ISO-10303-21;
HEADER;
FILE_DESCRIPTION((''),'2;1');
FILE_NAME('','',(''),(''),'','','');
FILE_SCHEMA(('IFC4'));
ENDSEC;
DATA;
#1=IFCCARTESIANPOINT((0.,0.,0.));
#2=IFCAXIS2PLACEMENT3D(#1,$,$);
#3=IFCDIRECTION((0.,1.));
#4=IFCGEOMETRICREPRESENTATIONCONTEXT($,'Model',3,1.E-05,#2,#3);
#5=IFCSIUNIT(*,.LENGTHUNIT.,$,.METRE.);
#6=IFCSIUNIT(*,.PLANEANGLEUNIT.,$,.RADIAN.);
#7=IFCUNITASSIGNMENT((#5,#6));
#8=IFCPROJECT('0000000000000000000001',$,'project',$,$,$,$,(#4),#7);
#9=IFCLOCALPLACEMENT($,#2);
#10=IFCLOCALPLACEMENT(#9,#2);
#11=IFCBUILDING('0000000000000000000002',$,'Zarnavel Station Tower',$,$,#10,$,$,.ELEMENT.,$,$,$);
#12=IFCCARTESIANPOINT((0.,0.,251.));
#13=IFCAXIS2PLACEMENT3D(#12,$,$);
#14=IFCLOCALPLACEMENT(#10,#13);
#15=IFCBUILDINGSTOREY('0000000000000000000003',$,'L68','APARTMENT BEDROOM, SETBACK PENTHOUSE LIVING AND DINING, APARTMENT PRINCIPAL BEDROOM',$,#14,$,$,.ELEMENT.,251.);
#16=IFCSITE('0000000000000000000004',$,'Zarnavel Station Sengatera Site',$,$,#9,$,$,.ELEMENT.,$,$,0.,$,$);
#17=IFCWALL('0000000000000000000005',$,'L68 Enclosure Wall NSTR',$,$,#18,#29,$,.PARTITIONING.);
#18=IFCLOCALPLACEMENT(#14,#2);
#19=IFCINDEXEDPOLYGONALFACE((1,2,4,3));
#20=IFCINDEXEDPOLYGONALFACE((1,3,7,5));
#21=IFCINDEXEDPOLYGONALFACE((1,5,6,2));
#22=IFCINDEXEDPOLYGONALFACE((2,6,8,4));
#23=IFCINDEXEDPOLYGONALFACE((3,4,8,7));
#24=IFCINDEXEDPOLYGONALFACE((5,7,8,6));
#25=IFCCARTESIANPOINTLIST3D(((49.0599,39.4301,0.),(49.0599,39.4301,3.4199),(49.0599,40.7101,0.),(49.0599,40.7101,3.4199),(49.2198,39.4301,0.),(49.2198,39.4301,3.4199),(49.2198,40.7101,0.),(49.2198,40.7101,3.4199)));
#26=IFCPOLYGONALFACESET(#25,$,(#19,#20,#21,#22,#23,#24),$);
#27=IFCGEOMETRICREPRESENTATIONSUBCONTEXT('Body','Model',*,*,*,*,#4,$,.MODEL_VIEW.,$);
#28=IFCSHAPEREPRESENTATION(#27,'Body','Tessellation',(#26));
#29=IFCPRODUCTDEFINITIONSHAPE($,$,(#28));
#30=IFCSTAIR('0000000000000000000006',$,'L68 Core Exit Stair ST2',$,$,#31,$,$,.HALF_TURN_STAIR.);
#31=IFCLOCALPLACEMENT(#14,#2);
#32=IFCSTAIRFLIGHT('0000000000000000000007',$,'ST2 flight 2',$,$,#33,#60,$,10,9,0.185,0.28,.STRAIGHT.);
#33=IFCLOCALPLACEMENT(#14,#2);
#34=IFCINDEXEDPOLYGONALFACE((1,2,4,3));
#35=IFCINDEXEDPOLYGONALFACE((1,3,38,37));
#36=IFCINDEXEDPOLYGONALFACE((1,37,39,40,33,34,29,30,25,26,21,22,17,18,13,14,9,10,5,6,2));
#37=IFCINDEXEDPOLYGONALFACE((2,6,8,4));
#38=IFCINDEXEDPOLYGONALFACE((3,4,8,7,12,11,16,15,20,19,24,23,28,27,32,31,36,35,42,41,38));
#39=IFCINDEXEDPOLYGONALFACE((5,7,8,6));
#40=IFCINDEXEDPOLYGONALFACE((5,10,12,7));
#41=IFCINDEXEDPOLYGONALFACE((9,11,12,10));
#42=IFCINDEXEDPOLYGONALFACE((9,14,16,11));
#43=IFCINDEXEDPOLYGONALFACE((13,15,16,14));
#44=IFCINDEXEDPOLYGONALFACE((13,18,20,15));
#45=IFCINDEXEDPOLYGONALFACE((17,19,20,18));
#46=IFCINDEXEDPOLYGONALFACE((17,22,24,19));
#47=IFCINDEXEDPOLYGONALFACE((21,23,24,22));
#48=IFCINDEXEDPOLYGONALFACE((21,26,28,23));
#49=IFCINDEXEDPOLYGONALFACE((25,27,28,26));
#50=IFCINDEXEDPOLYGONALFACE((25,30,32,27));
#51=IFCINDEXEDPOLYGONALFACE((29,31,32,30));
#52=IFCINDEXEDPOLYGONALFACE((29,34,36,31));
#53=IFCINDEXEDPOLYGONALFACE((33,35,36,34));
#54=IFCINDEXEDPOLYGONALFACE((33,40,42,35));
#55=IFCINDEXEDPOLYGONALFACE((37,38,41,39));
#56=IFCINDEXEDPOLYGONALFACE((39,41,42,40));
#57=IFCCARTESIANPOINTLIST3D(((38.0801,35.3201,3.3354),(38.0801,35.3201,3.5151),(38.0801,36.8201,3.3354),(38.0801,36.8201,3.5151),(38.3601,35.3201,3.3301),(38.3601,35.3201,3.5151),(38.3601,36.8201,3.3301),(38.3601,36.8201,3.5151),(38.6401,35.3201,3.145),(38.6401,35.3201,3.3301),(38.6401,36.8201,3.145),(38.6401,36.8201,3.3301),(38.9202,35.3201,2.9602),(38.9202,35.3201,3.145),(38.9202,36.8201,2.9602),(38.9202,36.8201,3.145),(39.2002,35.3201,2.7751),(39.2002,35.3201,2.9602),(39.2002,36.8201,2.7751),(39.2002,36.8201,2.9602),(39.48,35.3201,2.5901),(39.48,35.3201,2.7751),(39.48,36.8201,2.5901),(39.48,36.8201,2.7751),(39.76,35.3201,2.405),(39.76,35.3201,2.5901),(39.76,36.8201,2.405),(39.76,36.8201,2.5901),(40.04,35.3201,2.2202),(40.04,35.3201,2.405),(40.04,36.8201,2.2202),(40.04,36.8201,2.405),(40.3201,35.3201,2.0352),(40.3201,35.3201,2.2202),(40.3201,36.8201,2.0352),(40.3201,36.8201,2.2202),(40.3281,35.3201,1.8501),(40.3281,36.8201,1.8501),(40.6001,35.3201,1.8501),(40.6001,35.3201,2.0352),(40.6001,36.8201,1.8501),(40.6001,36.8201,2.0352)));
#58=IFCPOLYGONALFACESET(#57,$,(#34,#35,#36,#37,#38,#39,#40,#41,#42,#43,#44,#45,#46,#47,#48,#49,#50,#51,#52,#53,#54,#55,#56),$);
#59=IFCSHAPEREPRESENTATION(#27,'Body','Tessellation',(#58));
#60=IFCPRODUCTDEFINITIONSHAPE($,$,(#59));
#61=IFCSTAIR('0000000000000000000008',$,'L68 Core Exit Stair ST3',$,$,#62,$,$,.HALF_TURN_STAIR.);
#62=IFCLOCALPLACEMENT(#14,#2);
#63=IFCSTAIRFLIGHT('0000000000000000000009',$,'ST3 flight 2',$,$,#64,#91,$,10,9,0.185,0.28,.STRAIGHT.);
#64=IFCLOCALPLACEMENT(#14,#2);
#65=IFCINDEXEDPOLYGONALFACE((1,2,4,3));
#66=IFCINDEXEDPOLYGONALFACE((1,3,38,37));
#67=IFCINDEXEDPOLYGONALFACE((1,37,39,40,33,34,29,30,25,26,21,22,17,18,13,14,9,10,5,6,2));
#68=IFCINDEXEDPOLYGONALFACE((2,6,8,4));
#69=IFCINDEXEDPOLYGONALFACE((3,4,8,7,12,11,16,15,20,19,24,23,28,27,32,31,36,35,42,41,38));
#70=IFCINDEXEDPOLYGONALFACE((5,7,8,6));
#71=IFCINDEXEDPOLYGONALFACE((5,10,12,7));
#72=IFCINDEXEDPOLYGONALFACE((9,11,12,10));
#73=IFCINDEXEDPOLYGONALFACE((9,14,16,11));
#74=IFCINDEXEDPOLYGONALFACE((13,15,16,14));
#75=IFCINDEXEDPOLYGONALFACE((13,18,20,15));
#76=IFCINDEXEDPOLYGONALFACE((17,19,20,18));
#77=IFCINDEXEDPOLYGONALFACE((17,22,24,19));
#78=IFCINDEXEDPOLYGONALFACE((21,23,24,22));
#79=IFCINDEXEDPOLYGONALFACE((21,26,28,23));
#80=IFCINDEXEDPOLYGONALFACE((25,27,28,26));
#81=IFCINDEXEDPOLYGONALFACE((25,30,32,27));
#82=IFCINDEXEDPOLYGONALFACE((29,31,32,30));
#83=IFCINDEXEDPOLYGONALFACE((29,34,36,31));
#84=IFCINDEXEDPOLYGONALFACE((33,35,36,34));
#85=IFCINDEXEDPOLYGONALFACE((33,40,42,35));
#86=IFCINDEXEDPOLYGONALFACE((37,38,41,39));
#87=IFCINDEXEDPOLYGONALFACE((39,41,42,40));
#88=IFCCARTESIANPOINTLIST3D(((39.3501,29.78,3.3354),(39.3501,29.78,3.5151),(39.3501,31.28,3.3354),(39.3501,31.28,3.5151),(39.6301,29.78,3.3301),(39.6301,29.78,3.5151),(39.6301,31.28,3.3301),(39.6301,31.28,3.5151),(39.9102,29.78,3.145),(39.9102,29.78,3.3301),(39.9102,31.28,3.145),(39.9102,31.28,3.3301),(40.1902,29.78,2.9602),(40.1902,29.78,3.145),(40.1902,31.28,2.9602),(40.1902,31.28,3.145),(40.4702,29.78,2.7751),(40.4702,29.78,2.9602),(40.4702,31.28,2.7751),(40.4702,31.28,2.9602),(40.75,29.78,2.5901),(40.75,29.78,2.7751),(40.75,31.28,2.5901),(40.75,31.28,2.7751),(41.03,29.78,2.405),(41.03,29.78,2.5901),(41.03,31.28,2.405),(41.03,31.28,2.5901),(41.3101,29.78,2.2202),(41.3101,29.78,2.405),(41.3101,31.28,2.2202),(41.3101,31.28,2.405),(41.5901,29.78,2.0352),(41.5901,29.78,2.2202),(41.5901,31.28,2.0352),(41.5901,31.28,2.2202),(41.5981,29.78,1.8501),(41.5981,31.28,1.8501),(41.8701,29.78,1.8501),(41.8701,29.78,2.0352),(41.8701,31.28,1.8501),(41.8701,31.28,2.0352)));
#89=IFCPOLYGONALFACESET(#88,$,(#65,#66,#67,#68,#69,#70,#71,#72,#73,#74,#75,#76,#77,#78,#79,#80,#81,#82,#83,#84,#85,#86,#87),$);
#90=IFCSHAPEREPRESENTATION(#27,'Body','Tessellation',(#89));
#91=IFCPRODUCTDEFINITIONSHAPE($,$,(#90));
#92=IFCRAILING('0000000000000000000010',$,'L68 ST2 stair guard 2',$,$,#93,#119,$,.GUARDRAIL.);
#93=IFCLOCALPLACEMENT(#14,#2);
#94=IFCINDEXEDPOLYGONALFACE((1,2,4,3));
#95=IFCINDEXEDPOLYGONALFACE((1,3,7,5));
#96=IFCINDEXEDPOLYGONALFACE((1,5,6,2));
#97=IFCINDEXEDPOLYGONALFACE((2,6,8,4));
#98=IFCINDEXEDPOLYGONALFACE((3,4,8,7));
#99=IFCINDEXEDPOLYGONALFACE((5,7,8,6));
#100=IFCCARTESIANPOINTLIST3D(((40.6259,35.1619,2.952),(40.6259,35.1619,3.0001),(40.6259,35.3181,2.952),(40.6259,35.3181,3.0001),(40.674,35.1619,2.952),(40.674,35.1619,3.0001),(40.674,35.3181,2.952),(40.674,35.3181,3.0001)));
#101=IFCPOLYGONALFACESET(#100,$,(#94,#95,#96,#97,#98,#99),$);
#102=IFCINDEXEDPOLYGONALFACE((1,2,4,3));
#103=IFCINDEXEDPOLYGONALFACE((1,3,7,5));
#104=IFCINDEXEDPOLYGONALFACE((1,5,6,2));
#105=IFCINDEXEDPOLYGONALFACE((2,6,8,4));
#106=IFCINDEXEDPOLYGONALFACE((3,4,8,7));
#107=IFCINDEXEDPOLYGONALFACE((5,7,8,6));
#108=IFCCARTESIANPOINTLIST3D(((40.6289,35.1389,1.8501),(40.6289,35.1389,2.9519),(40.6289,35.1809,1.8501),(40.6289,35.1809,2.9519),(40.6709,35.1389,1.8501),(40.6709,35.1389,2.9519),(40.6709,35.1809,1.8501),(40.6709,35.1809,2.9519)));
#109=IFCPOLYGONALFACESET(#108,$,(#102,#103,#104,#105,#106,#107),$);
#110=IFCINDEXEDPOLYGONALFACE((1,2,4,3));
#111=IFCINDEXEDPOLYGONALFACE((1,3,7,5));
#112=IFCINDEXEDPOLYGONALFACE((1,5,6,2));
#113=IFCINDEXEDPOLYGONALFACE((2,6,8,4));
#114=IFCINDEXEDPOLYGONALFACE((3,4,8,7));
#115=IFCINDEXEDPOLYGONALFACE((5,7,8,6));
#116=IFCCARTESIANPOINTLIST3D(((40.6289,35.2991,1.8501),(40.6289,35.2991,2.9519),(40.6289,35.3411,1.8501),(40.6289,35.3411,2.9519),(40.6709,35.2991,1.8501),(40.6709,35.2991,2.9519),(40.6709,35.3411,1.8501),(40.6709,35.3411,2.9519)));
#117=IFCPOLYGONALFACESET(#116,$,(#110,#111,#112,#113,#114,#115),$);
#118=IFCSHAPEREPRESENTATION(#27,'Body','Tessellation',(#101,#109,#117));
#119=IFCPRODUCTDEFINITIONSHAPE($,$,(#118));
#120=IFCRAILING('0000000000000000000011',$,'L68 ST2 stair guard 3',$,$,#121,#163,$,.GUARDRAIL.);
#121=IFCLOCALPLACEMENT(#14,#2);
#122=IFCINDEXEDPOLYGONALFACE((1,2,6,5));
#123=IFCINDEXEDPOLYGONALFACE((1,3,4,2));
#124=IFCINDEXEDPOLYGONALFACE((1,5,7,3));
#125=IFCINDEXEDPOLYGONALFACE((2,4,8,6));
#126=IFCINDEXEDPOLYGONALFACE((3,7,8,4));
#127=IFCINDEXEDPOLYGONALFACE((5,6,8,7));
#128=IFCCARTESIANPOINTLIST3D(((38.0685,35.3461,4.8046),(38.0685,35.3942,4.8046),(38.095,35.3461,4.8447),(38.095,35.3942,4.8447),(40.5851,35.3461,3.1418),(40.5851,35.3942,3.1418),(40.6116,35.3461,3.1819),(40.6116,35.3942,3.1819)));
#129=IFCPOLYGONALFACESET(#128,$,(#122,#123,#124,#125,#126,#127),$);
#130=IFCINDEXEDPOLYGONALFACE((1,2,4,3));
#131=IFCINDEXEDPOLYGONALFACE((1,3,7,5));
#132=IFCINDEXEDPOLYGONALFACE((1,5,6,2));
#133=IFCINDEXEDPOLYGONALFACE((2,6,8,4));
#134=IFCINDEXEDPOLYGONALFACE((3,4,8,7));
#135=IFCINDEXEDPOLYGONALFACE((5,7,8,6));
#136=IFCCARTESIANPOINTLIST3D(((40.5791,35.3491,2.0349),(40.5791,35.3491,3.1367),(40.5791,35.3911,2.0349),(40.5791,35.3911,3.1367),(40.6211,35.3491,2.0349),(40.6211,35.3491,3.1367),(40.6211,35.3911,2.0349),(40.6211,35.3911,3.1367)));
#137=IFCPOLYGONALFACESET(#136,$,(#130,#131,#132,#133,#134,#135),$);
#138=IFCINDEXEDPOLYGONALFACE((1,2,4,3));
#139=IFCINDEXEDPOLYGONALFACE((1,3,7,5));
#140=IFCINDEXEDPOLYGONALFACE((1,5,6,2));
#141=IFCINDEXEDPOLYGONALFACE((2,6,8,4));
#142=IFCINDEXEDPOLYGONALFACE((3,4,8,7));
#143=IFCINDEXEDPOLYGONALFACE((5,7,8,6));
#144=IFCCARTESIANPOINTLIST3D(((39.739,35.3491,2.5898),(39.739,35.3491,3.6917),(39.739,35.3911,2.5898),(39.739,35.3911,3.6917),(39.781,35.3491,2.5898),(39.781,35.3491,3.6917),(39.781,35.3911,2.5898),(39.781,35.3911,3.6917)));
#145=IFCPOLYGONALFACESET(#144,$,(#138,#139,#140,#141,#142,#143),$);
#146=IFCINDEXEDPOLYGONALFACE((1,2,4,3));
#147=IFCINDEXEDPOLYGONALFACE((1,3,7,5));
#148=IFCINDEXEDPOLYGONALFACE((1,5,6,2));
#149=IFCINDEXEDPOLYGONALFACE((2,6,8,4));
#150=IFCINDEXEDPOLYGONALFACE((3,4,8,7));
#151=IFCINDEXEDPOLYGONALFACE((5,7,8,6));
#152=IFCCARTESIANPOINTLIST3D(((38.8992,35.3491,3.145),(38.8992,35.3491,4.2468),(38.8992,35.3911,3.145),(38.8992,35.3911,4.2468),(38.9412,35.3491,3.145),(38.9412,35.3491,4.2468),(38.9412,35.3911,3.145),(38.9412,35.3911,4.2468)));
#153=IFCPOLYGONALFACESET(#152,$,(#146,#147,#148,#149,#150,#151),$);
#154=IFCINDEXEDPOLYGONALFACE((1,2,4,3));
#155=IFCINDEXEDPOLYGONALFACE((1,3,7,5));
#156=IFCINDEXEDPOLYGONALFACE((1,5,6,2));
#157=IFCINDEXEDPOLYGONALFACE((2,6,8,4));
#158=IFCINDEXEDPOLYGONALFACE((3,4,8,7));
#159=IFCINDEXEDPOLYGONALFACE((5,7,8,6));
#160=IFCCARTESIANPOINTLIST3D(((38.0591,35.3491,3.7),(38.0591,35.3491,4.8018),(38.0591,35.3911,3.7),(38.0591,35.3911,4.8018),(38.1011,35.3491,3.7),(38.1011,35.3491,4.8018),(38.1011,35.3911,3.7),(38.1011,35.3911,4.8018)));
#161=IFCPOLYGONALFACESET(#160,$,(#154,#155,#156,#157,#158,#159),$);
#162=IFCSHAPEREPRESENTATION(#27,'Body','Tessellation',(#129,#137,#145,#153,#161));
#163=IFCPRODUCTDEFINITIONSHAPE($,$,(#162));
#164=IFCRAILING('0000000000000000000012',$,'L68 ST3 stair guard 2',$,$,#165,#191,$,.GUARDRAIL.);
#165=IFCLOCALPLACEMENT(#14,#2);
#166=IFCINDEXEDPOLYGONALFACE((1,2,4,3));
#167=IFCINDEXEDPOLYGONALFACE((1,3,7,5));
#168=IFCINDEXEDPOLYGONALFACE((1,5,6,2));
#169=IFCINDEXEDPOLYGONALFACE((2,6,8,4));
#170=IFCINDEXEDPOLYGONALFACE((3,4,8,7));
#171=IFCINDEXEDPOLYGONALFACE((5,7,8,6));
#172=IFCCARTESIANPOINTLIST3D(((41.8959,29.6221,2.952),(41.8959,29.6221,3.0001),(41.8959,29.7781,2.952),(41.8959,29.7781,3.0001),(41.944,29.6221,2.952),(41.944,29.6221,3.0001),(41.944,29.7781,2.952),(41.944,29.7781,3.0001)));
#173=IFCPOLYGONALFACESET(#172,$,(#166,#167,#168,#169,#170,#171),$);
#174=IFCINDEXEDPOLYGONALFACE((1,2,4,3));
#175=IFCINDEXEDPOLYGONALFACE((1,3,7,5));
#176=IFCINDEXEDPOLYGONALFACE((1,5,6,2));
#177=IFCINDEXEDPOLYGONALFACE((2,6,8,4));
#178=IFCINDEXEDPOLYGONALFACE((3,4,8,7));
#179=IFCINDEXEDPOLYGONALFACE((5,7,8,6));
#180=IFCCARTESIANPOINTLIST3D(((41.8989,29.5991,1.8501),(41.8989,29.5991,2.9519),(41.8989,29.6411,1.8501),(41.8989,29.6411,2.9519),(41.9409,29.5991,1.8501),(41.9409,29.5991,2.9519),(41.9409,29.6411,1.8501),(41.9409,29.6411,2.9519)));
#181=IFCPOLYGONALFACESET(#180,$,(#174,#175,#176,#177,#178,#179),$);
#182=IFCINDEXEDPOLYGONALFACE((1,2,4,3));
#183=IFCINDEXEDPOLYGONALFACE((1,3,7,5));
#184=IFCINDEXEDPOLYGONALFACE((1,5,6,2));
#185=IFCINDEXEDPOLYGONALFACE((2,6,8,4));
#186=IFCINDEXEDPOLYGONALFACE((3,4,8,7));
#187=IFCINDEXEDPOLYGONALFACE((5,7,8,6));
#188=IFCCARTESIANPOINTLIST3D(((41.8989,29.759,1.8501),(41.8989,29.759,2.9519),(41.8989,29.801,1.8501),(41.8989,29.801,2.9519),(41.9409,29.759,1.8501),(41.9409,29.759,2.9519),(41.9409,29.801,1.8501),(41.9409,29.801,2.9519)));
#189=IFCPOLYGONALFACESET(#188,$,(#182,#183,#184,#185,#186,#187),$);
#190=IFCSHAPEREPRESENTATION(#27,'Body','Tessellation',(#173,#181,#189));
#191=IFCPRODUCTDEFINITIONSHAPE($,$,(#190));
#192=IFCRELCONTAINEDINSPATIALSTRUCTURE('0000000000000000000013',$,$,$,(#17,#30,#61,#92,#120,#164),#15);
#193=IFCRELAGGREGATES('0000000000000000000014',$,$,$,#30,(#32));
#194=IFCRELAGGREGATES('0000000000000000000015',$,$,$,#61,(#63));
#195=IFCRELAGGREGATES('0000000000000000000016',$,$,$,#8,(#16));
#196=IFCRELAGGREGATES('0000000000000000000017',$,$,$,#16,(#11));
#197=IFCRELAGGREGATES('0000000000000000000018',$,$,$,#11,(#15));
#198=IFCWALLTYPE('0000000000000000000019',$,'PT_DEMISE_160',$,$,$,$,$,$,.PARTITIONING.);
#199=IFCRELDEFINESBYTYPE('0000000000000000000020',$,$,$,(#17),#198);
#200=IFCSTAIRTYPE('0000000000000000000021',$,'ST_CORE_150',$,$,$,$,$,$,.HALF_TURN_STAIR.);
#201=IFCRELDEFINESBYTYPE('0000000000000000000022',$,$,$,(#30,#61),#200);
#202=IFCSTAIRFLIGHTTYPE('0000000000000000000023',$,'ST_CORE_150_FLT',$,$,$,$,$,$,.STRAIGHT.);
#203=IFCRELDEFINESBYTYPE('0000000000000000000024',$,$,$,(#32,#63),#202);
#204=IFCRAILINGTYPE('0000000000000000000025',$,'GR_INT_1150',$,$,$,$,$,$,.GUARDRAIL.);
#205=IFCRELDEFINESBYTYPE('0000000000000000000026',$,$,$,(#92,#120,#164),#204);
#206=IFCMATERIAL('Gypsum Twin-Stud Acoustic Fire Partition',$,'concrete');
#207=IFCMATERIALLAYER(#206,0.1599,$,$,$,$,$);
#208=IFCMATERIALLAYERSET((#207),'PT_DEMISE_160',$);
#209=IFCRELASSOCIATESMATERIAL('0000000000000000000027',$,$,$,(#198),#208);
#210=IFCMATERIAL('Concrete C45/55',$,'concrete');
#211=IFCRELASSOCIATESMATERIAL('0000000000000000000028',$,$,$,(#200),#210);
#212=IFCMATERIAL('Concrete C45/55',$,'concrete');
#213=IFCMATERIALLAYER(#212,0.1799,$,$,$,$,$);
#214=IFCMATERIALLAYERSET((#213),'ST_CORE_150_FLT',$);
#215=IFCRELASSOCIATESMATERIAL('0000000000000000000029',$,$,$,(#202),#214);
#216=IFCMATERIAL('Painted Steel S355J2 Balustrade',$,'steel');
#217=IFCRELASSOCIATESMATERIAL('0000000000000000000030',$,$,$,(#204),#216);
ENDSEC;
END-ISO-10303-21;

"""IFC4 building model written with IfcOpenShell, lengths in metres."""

from ifc_helpers import new_model, si_unit, direction, frame, frame_2d, origin, origin_2d, place, context, subcontext, project, spatial, polyline, rectangle, outline, extrude, material, layer, layer_set, type_object, element, aggregate, save


model = new_model("IFC4")

# Units and contexts
model_context = context("Model", 3, precision=1e-05, world=origin(), true_north=direction((0.0, 1.0)))
body_context = subcontext(model_context, "Body", "Model", "MODEL_VIEW")
ifc_project = project(units=[si_unit("LENGTHUNIT", "METRE"), si_unit("PLANEANGLEUNIT", "RADIAN")], contexts=[model_context])

# Site, building, storey
site_placement = place(None, origin())
site = spatial("IfcSite", under=ifc_project, at=site_placement, Name="Zarnavel Station Sengatera Site", CompositionType="ELEMENT", RefElevation=0.0)
building_placement = place(site_placement, origin())
building = spatial("IfcBuilding", under=site, at=building_placement, Name="Zarnavel Station Tower", CompositionType="ELEMENT")
storey_placement = place(building_placement, frame((0.0, 0.0, 251.0)))
storey = spatial("IfcBuildingStorey", under=building, at=storey_placement, Name="L68", Description="APARTMENT BEDROOM, SETBACK PENTHOUSE LIVING AND DINING, APARTMENT PRINCIPAL BEDROOM", CompositionType="ELEMENT", Elevation=251.0)

# Wall
ifc_material_1 = material(Name="Gypsum Twin-Stud Acoustic Fire Partition", Category="concrete")
ifc_layer_1 = layer(ifc_material_1, 0.1599)
ifc_layer_set_1 = layer_set([ifc_layer_1], Name="PT_DEMISE_160")
wall_type_1 = type_object("IfcWallType", Name="PT_DEMISE_160", PredefinedType="PARTITIONING", material=ifc_layer_set_1)
wall_1_placement = place(storey_placement, frame((49.1399, 39.4299, 0.0), z_axis=(0.0, 0.0, 1.0), x_axis=(0.0, 1.0, 0.0)))
element("IfcWall", 1, at=wall_1_placement, inside=storey, type_object=wall_type_1, Name="L68 Enclosure Wall NSTR", PredefinedType="PARTITIONING", context=body_context, shape_type="SweptSolid", body=[
    extrude(rectangle(XDim=1.28, YDim=0.1599, at=frame_2d((0.6401, 0.0))), origin(), (0.0, 0.0, 1.0), 3.4199),
])

# Stairs, stair flights
ifc_material_2 = material(Name="Concrete C45/55", Category="concrete")
stair_type = type_object("IfcStairType", Name="ST_CORE_150", PredefinedType="HALF_TURN_STAIR", material=ifc_material_2)
stair_1_placement = place(storey_placement, origin())
stair_1 = element("IfcStair", 2, at=stair_1_placement, inside=storey, type_object=stair_type, Name="L68 Core Exit Stair ST2", PredefinedType="HALF_TURN_STAIR")
ifc_material_3 = material(Name="Concrete C45/55", Category="concrete")
ifc_layer_2 = layer(ifc_material_3, 0.1799)
ifc_layer_set_2 = layer_set([ifc_layer_2], Name="ST_CORE_150_FLT")
stair_flight_type = type_object("IfcStairFlightType", Name="ST_CORE_150_FLT", PredefinedType="STRAIGHT", material=ifc_layer_set_2)
stair_flight_1_placement = place(storey_placement, frame((40.6001, 36.0701, 1.8501), z_axis=(0.0, 0.0, 1.0), x_axis=(-1.0, 0.0, 0.0)))
stair_flight_1 = element("IfcStairFlight", 3, at=stair_flight_1_placement, type_object=stair_flight_type, Name="ST2 flight 2", NumberOfRisers=10, NumberOfTreads=9, PredefinedType="STRAIGHT", RiserHeight=0.185, TreadLength=0.28, context=body_context, shape_type="SweptSolid", body=[
    extrude(outline(polyline([(0.0, 0.0), (0.0, 0.1851), (0.28, 0.1851), (0.28, 0.3701), (0.5601, 0.3701), (0.5601, 0.5549), (0.8401, 0.5549), (0.8401, 0.74), (1.1201, 0.74), (1.1201, 0.925), (1.3999, 0.925), (1.3999, 1.1101), (1.6799, 1.1101), (1.6799, 1.2949), (1.96, 1.2949), (1.96, 1.48), (2.24, 1.48), (2.24, 1.665), (2.52, 1.665), (2.52, 1.8501), (2.52, 1.4854), (0.272, 0.0), (0.0, 0.0)])), frame((0.0, 0.75, 0.0), z_axis=(0.0, -1.0, 0.0), x_axis=(1.0, 0.0, 0.0)), (0.0, 0.0, 1.0), 1.5),
])
aggregate(stair_1, [stair_flight_1])
stair_2_placement = place(storey_placement, origin())
stair_2 = element("IfcStair", 4, at=stair_2_placement, inside=storey, type_object=stair_type, Name="L68 Core Exit Stair ST3", PredefinedType="HALF_TURN_STAIR")
stair_flight_2_placement = place(storey_placement, frame((41.8701, 30.53, 1.8501), z_axis=(0.0, 0.0, 1.0), x_axis=(-1.0, 0.0, 0.0)))
stair_flight_2 = element("IfcStairFlight", 5, at=stair_flight_2_placement, type_object=stair_flight_type, Name="ST3 flight 2", NumberOfRisers=10, NumberOfTreads=9, PredefinedType="STRAIGHT", RiserHeight=0.185, TreadLength=0.28, context=body_context, shape_type="SweptSolid", body=[
    extrude(outline(polyline([(0.0, 0.0), (0.0, 0.1851), (0.28, 0.1851), (0.28, 0.3701), (0.5601, 0.3701), (0.5601, 0.5549), (0.8401, 0.5549), (0.8401, 0.74), (1.1201, 0.74), (1.1201, 0.925), (1.3999, 0.925), (1.3999, 1.1101), (1.6799, 1.1101), (1.6799, 1.2949), (1.96, 1.2949), (1.96, 1.48), (2.24, 1.48), (2.24, 1.665), (2.52, 1.665), (2.52, 1.8501), (2.52, 1.4854), (0.272, 0.0), (0.0, 0.0)])), frame((0.0, 0.75, 0.0), z_axis=(0.0, -1.0, 0.0), x_axis=(1.0, 0.0, 0.0)), (0.0, 0.0, 1.0), 1.5),
])
aggregate(stair_2, [stair_flight_2])

# Railings
ifc_material_4 = material(Name="Painted Steel S355J2 Balustrade", Category="steel")
railing_type_1 = type_object("IfcRailingType", Name="GR_INT_1150", PredefinedType="GUARDRAIL", material=ifc_material_4)
railing_1_placement = place(storey_placement, frame((40.6499, 35.1599, 1.8501)))
element("IfcRailing", 6, at=railing_1_placement, inside=storey, type_object=railing_type_1, Name="L68 ST2 stair guard 2", PredefinedType="GUARDRAIL", context=body_context, shape_type="SweptSolid", body=[
    extrude(rectangle(XDim=0.0481, YDim=0.0481, at=origin_2d()), frame((0.0, 0.002, 1.126), z_axis=(0.0, 1.0, 0.0), x_axis=(-1.0, 0.0, 0.0)), (0.0, 0.0, 1.0), 0.1562),
    extrude(rectangle(XDim=0.042, YDim=0.042, at=origin_2d()), origin(), (0.0, 0.0, 1.0), 1.1018),
    extrude(rectangle(XDim=0.042, YDim=0.042, at=origin_2d()), frame((0.0, 0.1602, 0.0)), (0.0, 0.0, 1.0), 1.1018),
])
railing_2_placement = place(storey_placement, frame((40.6001, 35.3701, 2.0349)))
element("IfcRailing", 7, at=railing_2_placement, inside=storey, type_object=railing_type_1, Name="L68 ST2 stair guard 3", PredefinedType="GUARDRAIL", context=body_context, shape_type="SweptSolid", body=[
    extrude(rectangle(XDim=0.0481, YDim=0.0481, at=origin_2d()), frame((-0.0017, 0.0, 1.127), z_axis=(-0.834331, 0.0, 0.551263), x_axis=(0.0, -1.0, 0.0)), (0.0, 0.0, 1.0), 3.0164),
    extrude(rectangle(XDim=0.042, YDim=0.042, at=origin_2d()), origin(), (0.0, 0.0, 1.0), 1.1018),
    extrude(rectangle(XDim=0.042, YDim=0.042, at=origin_2d()), frame((-0.8401, 0.0, 0.5549)), (0.0, 0.0, 1.0), 1.1018),
    extrude(rectangle(XDim=0.042, YDim=0.042, at=origin_2d()), frame((-1.6799, 0.0, 1.1101)), (0.0, 0.0, 1.0), 1.1018),
    extrude(rectangle(XDim=0.042, YDim=0.042, at=origin_2d()), frame((-2.52, 0.0, 1.665)), (0.0, 0.0, 1.0), 1.1018),
])
railing_3_placement = place(storey_placement, frame((41.9199, 29.6201, 1.8501)))
element("IfcRailing", 8, at=railing_3_placement, inside=storey, type_object=railing_type_1, Name="L68 ST3 stair guard 2", PredefinedType="GUARDRAIL", context=body_context, shape_type="SweptSolid", body=[
    extrude(rectangle(XDim=0.0481, YDim=0.0481, at=origin_2d()), frame((0.0, 0.002, 1.126), z_axis=(0.0, 1.0, 0.0), x_axis=(-1.0, 0.0, 0.0)), (0.0, 0.0, 1.0), 0.156),
    extrude(rectangle(XDim=0.042, YDim=0.042, at=origin_2d()), origin(), (0.0, 0.0, 1.0), 1.1018),
    extrude(rectangle(XDim=0.042, YDim=0.042, at=origin_2d()), frame((0.0, 0.1599, 0.0)), (0.0, 0.0, 1.0), 1.1018),
])

save(model, "model.ifc")
